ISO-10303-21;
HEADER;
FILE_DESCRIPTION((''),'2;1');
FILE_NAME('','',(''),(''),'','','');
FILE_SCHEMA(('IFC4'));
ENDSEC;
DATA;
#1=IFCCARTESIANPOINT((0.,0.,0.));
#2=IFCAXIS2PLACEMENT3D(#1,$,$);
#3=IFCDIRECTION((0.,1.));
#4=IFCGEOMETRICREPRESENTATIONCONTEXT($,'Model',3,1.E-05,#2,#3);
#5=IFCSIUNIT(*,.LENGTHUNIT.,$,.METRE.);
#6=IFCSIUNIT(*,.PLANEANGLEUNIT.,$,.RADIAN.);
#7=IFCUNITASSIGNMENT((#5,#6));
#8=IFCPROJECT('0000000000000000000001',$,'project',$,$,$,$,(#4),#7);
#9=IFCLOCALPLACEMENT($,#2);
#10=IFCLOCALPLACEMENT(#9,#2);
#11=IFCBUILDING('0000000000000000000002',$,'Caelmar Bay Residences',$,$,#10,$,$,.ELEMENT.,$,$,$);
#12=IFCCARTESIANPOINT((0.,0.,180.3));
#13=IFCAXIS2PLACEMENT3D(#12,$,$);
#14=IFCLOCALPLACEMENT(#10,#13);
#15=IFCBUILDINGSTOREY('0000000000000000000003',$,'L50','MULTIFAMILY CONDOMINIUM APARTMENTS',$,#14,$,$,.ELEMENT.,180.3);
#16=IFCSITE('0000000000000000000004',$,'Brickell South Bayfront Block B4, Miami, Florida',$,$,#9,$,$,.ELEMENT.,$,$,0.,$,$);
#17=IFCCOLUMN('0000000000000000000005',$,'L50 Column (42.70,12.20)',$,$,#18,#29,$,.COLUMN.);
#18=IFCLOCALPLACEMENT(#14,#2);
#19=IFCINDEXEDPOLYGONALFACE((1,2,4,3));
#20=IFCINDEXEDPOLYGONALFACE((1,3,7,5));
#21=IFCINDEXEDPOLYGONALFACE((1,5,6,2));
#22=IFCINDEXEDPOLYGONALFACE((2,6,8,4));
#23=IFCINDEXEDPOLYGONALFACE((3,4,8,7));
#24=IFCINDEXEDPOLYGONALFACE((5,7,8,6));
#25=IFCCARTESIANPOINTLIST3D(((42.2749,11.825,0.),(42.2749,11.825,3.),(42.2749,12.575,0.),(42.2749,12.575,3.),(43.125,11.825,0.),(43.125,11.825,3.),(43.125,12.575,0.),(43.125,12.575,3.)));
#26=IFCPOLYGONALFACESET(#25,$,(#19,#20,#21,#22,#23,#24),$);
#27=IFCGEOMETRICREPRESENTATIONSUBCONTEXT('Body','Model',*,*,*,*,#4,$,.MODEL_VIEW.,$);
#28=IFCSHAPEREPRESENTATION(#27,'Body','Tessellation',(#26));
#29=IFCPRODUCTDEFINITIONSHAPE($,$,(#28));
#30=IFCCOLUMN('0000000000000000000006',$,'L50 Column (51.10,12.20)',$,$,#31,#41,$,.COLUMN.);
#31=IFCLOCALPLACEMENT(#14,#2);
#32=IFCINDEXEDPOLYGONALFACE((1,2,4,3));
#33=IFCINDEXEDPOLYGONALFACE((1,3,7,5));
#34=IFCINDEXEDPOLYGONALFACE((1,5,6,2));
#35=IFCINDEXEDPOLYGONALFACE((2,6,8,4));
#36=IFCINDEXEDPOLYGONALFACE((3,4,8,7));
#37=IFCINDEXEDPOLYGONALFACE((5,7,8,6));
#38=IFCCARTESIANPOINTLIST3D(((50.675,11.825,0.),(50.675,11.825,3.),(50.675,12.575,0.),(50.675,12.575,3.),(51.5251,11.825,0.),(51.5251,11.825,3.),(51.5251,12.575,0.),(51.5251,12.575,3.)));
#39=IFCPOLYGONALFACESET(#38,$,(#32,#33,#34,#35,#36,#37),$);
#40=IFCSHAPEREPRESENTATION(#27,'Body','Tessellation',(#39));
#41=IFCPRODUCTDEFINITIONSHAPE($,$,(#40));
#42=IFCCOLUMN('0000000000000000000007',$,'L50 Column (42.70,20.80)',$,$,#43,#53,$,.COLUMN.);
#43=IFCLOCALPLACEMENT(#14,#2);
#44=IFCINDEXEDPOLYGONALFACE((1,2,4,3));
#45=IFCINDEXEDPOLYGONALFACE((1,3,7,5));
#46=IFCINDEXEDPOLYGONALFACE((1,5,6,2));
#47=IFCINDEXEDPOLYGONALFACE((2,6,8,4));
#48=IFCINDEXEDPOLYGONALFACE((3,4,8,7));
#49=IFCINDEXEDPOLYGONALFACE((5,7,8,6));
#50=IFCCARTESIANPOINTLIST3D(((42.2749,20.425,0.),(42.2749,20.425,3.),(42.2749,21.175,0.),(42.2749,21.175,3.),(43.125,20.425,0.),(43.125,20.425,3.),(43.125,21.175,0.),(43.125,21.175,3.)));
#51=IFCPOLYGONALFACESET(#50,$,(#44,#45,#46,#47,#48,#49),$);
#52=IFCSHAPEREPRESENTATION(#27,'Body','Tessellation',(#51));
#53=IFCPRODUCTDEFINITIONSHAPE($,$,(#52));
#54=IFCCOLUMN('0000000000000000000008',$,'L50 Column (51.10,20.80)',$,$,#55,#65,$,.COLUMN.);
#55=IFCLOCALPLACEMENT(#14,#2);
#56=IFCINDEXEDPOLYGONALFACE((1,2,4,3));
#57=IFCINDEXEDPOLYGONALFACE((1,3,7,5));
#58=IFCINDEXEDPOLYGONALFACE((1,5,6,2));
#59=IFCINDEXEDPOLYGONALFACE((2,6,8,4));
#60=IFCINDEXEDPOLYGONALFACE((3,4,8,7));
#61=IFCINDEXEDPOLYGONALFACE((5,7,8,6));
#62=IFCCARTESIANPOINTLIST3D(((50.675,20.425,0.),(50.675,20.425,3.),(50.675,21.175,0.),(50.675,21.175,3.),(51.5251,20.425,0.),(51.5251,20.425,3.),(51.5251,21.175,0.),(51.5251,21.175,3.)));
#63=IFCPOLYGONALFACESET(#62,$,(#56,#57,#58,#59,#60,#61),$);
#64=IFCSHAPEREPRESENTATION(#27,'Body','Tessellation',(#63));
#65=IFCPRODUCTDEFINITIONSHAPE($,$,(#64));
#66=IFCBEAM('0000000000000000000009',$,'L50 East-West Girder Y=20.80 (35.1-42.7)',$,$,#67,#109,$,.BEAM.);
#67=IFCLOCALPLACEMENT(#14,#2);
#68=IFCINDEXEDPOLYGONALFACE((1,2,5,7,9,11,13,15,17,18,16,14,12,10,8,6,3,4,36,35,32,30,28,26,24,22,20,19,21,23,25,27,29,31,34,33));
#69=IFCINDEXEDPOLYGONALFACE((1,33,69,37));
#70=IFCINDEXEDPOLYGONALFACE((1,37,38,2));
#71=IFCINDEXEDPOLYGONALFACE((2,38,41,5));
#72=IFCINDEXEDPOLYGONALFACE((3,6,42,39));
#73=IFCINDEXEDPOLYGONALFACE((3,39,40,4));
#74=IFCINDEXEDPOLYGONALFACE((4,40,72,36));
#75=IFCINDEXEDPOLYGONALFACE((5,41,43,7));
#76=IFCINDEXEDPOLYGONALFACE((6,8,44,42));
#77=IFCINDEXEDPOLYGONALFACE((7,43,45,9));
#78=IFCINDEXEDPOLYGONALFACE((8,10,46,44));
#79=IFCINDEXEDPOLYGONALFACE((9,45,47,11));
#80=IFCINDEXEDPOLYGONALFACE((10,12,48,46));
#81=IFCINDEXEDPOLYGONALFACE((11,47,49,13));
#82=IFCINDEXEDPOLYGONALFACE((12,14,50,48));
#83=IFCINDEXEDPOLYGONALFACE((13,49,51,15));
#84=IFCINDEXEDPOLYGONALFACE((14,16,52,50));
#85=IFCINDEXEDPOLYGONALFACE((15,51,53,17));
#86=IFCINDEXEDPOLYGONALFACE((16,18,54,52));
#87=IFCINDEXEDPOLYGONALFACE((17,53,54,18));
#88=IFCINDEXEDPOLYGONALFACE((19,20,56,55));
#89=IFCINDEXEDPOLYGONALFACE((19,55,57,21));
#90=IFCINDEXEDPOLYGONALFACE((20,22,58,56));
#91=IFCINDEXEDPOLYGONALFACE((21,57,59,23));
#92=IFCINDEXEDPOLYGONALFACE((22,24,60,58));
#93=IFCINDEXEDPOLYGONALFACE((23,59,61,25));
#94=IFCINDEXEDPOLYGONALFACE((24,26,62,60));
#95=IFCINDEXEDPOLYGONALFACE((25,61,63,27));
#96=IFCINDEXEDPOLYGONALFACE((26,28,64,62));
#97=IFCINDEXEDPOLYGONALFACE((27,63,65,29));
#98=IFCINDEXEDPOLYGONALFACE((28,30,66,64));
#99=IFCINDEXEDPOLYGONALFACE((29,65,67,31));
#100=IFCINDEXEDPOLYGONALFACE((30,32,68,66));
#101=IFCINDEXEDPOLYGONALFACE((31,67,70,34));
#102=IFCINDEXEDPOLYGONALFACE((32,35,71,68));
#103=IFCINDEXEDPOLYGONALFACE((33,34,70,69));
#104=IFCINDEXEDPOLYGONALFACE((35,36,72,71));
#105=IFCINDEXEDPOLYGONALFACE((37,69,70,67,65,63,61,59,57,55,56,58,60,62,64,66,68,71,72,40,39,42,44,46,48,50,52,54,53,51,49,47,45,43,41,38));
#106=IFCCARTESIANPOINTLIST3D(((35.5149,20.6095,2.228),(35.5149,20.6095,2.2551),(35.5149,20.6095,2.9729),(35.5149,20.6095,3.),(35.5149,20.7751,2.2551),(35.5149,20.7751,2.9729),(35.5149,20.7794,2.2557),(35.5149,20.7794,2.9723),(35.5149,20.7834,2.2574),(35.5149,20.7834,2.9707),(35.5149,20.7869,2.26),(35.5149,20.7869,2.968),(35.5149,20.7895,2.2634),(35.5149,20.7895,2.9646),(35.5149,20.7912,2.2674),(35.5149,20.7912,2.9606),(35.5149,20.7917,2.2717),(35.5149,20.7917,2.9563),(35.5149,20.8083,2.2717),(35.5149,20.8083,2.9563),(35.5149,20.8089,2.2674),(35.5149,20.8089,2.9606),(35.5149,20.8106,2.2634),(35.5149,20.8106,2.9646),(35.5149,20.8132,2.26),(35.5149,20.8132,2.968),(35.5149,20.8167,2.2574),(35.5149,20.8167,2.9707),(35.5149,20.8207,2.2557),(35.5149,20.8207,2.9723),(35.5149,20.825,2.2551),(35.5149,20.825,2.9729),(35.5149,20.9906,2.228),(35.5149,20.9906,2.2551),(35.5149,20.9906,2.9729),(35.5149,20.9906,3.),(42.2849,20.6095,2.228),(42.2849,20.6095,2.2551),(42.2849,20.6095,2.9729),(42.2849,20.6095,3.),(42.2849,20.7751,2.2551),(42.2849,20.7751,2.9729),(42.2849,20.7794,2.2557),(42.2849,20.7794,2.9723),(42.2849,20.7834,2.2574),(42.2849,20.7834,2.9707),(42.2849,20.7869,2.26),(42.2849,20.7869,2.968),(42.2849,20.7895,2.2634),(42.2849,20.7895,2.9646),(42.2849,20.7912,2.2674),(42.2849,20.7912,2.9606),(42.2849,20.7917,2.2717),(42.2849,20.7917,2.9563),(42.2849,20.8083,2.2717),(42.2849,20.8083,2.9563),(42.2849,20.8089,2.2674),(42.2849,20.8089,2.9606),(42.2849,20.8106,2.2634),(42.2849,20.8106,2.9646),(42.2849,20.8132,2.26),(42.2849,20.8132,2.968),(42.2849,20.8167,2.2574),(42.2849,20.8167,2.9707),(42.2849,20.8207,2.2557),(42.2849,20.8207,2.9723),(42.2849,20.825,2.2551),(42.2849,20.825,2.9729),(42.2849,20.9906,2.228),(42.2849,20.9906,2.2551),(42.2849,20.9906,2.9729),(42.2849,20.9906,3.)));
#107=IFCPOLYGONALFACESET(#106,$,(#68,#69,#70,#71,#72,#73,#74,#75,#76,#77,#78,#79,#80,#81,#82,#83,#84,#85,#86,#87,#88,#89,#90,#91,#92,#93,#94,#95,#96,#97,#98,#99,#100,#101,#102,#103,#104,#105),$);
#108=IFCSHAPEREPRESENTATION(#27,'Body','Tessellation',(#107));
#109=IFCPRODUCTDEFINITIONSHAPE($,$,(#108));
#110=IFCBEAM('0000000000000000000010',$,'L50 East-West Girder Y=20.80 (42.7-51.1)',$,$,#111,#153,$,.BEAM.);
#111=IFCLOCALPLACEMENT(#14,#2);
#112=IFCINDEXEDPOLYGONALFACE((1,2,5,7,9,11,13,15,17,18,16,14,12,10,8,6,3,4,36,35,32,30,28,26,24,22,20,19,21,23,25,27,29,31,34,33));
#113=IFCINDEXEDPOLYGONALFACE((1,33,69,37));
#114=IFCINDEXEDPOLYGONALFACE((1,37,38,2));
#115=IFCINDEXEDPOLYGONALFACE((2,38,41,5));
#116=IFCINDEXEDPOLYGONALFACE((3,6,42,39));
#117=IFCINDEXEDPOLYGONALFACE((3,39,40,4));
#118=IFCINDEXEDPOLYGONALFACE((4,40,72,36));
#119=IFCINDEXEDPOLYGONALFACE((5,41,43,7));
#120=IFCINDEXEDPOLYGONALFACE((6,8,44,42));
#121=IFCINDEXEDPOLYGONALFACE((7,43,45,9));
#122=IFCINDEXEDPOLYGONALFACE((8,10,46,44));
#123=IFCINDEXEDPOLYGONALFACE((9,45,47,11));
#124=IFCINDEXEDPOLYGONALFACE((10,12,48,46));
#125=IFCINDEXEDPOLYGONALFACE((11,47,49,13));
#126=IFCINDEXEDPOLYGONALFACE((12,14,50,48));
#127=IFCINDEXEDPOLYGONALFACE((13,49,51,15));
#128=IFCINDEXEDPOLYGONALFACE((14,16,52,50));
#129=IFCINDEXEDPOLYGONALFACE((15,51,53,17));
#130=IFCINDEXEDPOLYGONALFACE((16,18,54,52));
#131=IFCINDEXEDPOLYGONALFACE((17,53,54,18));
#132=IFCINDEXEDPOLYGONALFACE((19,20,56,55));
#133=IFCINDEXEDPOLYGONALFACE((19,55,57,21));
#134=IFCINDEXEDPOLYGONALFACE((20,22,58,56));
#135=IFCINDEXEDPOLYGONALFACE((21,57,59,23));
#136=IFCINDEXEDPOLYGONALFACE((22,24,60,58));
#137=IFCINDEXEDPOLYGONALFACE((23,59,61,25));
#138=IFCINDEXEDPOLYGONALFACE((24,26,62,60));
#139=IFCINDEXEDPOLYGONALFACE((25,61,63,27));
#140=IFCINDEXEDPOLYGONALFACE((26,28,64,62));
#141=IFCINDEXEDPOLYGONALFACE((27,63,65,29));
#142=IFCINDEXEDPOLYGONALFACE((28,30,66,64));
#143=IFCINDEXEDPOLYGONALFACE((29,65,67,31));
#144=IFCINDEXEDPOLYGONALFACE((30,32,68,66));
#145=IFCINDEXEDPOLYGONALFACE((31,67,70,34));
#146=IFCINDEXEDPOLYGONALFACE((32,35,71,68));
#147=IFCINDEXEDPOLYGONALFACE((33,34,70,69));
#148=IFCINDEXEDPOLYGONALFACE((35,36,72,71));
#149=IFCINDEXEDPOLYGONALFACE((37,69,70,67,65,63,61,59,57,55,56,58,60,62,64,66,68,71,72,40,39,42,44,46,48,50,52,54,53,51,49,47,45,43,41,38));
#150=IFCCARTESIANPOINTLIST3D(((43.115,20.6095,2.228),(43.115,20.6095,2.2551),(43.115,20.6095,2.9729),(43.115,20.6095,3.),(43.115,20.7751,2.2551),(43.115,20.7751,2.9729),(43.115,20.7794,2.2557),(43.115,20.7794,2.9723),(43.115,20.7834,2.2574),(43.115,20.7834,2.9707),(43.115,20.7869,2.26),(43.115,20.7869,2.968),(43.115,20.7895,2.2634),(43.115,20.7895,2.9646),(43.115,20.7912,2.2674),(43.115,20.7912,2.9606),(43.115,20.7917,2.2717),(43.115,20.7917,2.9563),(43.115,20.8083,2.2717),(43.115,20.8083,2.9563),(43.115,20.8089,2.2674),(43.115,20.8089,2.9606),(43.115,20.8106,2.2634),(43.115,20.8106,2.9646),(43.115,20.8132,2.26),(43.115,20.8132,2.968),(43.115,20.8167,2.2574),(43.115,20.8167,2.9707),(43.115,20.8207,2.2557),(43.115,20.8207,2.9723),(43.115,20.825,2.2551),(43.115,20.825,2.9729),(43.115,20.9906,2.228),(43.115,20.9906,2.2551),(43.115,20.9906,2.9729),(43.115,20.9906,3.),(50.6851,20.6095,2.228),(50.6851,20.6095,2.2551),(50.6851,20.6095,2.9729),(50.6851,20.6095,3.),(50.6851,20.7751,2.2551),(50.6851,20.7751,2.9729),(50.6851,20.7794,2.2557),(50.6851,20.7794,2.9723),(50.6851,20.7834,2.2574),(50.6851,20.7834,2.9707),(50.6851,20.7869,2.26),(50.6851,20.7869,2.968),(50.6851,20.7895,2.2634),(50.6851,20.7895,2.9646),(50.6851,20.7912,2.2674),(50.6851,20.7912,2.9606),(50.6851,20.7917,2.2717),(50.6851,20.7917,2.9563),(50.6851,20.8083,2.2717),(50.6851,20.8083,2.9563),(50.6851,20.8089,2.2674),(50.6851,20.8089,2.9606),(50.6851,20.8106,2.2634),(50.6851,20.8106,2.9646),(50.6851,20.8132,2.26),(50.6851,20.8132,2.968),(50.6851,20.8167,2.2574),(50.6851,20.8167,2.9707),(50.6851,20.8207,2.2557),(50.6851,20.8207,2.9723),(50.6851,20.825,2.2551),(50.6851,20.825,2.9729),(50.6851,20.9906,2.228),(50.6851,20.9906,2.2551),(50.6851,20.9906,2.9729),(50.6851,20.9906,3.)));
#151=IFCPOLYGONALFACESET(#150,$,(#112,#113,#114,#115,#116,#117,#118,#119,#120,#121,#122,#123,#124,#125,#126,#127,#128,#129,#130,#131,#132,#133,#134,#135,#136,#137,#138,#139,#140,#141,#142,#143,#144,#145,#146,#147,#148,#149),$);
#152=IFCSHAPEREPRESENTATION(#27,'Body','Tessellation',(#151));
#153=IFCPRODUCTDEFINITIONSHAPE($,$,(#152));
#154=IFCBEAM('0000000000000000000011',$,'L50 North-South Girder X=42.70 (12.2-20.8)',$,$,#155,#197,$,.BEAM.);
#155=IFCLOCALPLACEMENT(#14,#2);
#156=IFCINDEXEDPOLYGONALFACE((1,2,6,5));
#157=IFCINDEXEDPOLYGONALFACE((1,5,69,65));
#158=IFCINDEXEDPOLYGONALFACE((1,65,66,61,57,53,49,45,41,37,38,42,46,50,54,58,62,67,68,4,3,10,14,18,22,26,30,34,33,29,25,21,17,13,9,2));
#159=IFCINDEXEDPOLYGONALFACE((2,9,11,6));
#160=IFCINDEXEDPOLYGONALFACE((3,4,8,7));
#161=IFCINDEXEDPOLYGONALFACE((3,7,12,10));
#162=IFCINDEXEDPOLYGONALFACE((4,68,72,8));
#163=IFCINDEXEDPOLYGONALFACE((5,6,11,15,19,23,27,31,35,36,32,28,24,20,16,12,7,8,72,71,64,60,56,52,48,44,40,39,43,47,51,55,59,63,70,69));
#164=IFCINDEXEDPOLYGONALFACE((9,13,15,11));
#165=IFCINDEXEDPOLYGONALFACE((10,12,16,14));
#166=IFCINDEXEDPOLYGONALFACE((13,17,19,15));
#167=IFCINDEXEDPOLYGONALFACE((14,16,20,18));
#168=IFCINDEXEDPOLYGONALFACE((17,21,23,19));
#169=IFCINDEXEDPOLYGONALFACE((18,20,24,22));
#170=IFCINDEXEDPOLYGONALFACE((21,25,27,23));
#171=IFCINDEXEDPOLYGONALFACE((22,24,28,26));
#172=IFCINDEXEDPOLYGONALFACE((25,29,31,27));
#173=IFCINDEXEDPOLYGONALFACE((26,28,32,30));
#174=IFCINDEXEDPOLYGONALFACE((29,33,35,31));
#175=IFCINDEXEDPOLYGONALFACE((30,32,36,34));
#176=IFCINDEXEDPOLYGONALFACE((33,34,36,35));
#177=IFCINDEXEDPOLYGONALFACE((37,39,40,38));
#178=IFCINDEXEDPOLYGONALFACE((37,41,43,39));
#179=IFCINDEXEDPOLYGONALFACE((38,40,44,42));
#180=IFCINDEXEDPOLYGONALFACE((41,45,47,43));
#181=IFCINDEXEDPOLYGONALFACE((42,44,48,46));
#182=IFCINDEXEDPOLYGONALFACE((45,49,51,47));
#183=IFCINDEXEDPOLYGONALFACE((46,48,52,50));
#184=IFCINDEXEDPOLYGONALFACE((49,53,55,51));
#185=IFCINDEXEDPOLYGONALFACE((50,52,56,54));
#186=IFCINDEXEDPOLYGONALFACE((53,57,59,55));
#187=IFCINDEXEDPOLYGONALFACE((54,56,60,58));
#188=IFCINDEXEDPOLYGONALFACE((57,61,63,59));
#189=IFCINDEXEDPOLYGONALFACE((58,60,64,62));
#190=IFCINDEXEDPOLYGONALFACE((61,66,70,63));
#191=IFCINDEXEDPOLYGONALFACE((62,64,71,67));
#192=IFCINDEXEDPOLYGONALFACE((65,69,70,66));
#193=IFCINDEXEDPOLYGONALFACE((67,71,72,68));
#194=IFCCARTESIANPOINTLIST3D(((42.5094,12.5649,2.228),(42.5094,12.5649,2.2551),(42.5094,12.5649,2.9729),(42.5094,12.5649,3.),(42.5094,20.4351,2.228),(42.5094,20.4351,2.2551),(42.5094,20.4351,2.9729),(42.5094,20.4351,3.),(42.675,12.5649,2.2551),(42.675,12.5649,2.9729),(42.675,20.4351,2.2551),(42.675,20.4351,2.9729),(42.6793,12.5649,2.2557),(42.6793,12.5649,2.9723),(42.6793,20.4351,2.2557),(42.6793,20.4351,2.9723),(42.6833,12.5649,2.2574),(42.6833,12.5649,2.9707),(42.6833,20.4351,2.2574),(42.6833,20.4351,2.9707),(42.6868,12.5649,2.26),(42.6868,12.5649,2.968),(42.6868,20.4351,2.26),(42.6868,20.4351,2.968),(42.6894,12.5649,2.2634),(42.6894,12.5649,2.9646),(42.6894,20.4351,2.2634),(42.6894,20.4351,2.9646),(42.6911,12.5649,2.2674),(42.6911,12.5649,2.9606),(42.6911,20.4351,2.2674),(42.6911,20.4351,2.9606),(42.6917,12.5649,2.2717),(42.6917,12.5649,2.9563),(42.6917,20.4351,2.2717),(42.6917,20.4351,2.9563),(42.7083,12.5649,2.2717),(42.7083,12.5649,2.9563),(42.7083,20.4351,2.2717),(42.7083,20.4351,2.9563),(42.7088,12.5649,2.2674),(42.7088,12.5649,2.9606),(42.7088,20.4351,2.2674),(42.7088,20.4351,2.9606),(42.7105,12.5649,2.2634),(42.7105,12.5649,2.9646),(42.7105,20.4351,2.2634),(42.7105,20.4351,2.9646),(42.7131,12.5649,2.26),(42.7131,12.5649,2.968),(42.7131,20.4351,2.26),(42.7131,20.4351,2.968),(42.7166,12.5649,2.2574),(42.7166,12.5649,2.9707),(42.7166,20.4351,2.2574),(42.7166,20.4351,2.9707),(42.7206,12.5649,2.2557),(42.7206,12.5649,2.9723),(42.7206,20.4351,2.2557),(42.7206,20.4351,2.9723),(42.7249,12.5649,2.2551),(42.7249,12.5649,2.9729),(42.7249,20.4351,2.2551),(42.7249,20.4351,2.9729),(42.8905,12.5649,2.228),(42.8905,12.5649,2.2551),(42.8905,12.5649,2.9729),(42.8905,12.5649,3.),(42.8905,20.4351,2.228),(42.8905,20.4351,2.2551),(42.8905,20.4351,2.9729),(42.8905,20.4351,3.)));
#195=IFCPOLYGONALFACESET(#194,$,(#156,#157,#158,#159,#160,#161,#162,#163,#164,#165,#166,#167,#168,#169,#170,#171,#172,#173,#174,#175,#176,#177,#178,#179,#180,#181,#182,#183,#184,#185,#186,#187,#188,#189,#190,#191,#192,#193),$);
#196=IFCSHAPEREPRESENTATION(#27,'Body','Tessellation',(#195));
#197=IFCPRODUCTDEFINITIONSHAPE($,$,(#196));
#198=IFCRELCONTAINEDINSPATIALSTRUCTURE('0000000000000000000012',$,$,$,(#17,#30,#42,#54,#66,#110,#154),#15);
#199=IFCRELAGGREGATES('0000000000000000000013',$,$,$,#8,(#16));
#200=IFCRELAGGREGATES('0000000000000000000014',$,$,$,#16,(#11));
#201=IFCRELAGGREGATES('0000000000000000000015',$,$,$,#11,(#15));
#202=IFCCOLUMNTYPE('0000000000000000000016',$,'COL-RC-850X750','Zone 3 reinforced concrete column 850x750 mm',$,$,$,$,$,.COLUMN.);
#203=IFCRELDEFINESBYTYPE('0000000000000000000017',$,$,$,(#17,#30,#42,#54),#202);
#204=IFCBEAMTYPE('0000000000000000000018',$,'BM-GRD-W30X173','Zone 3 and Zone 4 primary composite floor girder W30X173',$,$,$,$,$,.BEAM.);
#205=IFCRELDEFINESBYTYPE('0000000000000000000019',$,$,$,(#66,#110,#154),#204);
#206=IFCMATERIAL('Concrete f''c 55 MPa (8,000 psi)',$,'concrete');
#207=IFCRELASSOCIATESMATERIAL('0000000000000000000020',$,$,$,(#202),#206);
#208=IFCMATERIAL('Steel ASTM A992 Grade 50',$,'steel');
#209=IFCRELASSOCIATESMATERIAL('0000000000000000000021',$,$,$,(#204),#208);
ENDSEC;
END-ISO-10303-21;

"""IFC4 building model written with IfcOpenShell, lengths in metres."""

from ifc_helpers import new_model, si_unit, direction, frame, origin, origin_2d, place, context, subcontext, project, spatial, rectangle, i_section, extrude, material, material_profile, profile_set, type_object, element, save


model = new_model("IFC4")

# Units and contexts
model_context = context("Model", 3, precision=1e-05, world=origin(), true_north=direction((0.0, 1.0)))
body_context = subcontext(model_context, "Body", "Model", "MODEL_VIEW")
ifc_project = project(units=[si_unit("LENGTHUNIT", "METRE"), si_unit("PLANEANGLEUNIT", "RADIAN")], contexts=[model_context])

# Site, building, storey
site_placement = place(None, origin())
site = spatial("IfcSite", under=ifc_project, at=site_placement, Name="Brickell South Bayfront Block B4, Miami, Florida", CompositionType="ELEMENT", RefElevation=0.0)
building_placement = place(site_placement, origin())
building = spatial("IfcBuilding", under=site, at=building_placement, Name="Caelmar Bay Residences", CompositionType="ELEMENT")
storey_placement = place(building_placement, frame((0.0, 0.0, 180.3)))
storey = spatial("IfcBuildingStorey", under=building, at=storey_placement, Name="L50", Description="MULTIFAMILY CONDOMINIUM APARTMENTS", CompositionType="ELEMENT", Elevation=180.3)

# Columns
ifc_material_1 = material(Name="Concrete f'c 55 MPa (8,000 psi)", Category="concrete")
ifc_material_profile_1 = material_profile(ifc_material_1, rectangle(XDim=0.8501, YDim=0.75, at=origin_2d()), Name="RC-COL-850X750")
ifc_profile_set_1 = profile_set([ifc_material_profile_1], Name="Concrete f'c 55 MPa (8,000 psi)")
column_type = type_object("IfcColumnType", Name="COL-RC-850X750", Description="Zone 3 reinforced concrete column 850x750 mm", PredefinedType="COLUMN", material=ifc_profile_set_1)
for number, where, z_axis, x_axis, name in (
    (1, (42.7, 12.2, 0.0), (0.0, 0.0, 1.0), (1.0, 0.0, 0.0), "L50 Column (42.70,12.20)"),
    (2, (51.1001, 12.2, 0.0), (0.0, 0.0, 1.0), (1.0, 0.0, 0.0), "L50 Column (51.10,12.20)"),
    (3, (42.7, 20.8, 0.0), (0.0, 0.0, 1.0), (1.0, 0.0, 0.0), "L50 Column (42.70,20.80)"),
    (4, (51.1001, 20.8, 0.0), (0.0, 0.0, 1.0), (1.0, 0.0, 0.0), "L50 Column (51.10,20.80)"),
):
    element("IfcColumn", number, at=place(storey_placement, frame(where, z_axis=z_axis, x_axis=x_axis)), inside=storey, type_object=column_type, Name=name, PredefinedType="COLUMN", context=body_context, shape_type="SweptSolid", body=[
        extrude(rectangle(XDim=0.8501, YDim=0.75, at=origin_2d()), origin(), (0.0, 0.0, 1.0), 3.0),
    ])

# Beams
ifc_material_2 = material(Name="Steel ASTM A992 Grade 50", Category="steel")
ifc_material_profile_2 = material_profile(ifc_material_2, i_section(OverallWidth=0.3811, OverallDepth=0.772, WebThickness=0.0166, FlangeThickness=0.0271, FilletRadius=0.0166, at=origin_2d()), Name="W30X173")
ifc_profile_set_2 = profile_set([ifc_material_profile_2], Name="Steel ASTM A992 Grade 50")
beam_type_1 = type_object("IfcBeamType", Name="BM-GRD-W30X173", Description="Zone 3 and Zone 4 primary composite floor girder W30X173", PredefinedType="BEAM", material=ifc_profile_set_2)
beam_1_placement = place(storey_placement, frame((35.5149, 20.8, 2.614), z_axis=(1.0, 0.0, 0.0), x_axis=(0.0, 1.0, 0.0)))
element("IfcBeam", 5, at=beam_1_placement, inside=storey, type_object=beam_type_1, Name="L50 East-West Girder Y=20.80 (35.1-42.7)", PredefinedType="BEAM", context=body_context, shape_type="SweptSolid", body=[
    extrude(i_section(OverallWidth=0.3811, OverallDepth=0.772, WebThickness=0.0166, FlangeThickness=0.0271, FilletRadius=0.0166, at=origin_2d()), origin(), (0.0, 0.0, 1.0), 6.77),
])
beam_2_placement = place(storey_placement, frame((43.115, 20.8, 2.614), z_axis=(1.0, 0.0, 0.0), x_axis=(0.0, 1.0, 0.0)))
element("IfcBeam", 6, at=beam_2_placement, inside=storey, type_object=beam_type_1, Name="L50 East-West Girder Y=20.80 (42.7-51.1)", PredefinedType="BEAM", context=body_context, shape_type="SweptSolid", body=[
    extrude(i_section(OverallWidth=0.3811, OverallDepth=0.772, WebThickness=0.0166, FlangeThickness=0.0271, FilletRadius=0.0166, at=origin_2d()), origin(), (0.0, 0.0, 1.0), 7.5701),
])
beam_3_placement = place(storey_placement, frame((42.7, 12.5649, 2.614), z_axis=(0.0, 1.0, 0.0), x_axis=(-1.0, 0.0, 0.0)))
element("IfcBeam", 7, at=beam_3_placement, inside=storey, type_object=beam_type_1, Name="L50 North-South Girder X=42.70 (12.2-20.8)", PredefinedType="BEAM", context=body_context, shape_type="SweptSolid", body=[
    extrude(i_section(OverallWidth=0.3811, OverallDepth=0.772, WebThickness=0.0166, FlangeThickness=0.0271, FilletRadius=0.0166, at=origin_2d()), origin(), (0.0, 0.0, 1.0), 7.8701),
])

save(model, "model.ifc")
